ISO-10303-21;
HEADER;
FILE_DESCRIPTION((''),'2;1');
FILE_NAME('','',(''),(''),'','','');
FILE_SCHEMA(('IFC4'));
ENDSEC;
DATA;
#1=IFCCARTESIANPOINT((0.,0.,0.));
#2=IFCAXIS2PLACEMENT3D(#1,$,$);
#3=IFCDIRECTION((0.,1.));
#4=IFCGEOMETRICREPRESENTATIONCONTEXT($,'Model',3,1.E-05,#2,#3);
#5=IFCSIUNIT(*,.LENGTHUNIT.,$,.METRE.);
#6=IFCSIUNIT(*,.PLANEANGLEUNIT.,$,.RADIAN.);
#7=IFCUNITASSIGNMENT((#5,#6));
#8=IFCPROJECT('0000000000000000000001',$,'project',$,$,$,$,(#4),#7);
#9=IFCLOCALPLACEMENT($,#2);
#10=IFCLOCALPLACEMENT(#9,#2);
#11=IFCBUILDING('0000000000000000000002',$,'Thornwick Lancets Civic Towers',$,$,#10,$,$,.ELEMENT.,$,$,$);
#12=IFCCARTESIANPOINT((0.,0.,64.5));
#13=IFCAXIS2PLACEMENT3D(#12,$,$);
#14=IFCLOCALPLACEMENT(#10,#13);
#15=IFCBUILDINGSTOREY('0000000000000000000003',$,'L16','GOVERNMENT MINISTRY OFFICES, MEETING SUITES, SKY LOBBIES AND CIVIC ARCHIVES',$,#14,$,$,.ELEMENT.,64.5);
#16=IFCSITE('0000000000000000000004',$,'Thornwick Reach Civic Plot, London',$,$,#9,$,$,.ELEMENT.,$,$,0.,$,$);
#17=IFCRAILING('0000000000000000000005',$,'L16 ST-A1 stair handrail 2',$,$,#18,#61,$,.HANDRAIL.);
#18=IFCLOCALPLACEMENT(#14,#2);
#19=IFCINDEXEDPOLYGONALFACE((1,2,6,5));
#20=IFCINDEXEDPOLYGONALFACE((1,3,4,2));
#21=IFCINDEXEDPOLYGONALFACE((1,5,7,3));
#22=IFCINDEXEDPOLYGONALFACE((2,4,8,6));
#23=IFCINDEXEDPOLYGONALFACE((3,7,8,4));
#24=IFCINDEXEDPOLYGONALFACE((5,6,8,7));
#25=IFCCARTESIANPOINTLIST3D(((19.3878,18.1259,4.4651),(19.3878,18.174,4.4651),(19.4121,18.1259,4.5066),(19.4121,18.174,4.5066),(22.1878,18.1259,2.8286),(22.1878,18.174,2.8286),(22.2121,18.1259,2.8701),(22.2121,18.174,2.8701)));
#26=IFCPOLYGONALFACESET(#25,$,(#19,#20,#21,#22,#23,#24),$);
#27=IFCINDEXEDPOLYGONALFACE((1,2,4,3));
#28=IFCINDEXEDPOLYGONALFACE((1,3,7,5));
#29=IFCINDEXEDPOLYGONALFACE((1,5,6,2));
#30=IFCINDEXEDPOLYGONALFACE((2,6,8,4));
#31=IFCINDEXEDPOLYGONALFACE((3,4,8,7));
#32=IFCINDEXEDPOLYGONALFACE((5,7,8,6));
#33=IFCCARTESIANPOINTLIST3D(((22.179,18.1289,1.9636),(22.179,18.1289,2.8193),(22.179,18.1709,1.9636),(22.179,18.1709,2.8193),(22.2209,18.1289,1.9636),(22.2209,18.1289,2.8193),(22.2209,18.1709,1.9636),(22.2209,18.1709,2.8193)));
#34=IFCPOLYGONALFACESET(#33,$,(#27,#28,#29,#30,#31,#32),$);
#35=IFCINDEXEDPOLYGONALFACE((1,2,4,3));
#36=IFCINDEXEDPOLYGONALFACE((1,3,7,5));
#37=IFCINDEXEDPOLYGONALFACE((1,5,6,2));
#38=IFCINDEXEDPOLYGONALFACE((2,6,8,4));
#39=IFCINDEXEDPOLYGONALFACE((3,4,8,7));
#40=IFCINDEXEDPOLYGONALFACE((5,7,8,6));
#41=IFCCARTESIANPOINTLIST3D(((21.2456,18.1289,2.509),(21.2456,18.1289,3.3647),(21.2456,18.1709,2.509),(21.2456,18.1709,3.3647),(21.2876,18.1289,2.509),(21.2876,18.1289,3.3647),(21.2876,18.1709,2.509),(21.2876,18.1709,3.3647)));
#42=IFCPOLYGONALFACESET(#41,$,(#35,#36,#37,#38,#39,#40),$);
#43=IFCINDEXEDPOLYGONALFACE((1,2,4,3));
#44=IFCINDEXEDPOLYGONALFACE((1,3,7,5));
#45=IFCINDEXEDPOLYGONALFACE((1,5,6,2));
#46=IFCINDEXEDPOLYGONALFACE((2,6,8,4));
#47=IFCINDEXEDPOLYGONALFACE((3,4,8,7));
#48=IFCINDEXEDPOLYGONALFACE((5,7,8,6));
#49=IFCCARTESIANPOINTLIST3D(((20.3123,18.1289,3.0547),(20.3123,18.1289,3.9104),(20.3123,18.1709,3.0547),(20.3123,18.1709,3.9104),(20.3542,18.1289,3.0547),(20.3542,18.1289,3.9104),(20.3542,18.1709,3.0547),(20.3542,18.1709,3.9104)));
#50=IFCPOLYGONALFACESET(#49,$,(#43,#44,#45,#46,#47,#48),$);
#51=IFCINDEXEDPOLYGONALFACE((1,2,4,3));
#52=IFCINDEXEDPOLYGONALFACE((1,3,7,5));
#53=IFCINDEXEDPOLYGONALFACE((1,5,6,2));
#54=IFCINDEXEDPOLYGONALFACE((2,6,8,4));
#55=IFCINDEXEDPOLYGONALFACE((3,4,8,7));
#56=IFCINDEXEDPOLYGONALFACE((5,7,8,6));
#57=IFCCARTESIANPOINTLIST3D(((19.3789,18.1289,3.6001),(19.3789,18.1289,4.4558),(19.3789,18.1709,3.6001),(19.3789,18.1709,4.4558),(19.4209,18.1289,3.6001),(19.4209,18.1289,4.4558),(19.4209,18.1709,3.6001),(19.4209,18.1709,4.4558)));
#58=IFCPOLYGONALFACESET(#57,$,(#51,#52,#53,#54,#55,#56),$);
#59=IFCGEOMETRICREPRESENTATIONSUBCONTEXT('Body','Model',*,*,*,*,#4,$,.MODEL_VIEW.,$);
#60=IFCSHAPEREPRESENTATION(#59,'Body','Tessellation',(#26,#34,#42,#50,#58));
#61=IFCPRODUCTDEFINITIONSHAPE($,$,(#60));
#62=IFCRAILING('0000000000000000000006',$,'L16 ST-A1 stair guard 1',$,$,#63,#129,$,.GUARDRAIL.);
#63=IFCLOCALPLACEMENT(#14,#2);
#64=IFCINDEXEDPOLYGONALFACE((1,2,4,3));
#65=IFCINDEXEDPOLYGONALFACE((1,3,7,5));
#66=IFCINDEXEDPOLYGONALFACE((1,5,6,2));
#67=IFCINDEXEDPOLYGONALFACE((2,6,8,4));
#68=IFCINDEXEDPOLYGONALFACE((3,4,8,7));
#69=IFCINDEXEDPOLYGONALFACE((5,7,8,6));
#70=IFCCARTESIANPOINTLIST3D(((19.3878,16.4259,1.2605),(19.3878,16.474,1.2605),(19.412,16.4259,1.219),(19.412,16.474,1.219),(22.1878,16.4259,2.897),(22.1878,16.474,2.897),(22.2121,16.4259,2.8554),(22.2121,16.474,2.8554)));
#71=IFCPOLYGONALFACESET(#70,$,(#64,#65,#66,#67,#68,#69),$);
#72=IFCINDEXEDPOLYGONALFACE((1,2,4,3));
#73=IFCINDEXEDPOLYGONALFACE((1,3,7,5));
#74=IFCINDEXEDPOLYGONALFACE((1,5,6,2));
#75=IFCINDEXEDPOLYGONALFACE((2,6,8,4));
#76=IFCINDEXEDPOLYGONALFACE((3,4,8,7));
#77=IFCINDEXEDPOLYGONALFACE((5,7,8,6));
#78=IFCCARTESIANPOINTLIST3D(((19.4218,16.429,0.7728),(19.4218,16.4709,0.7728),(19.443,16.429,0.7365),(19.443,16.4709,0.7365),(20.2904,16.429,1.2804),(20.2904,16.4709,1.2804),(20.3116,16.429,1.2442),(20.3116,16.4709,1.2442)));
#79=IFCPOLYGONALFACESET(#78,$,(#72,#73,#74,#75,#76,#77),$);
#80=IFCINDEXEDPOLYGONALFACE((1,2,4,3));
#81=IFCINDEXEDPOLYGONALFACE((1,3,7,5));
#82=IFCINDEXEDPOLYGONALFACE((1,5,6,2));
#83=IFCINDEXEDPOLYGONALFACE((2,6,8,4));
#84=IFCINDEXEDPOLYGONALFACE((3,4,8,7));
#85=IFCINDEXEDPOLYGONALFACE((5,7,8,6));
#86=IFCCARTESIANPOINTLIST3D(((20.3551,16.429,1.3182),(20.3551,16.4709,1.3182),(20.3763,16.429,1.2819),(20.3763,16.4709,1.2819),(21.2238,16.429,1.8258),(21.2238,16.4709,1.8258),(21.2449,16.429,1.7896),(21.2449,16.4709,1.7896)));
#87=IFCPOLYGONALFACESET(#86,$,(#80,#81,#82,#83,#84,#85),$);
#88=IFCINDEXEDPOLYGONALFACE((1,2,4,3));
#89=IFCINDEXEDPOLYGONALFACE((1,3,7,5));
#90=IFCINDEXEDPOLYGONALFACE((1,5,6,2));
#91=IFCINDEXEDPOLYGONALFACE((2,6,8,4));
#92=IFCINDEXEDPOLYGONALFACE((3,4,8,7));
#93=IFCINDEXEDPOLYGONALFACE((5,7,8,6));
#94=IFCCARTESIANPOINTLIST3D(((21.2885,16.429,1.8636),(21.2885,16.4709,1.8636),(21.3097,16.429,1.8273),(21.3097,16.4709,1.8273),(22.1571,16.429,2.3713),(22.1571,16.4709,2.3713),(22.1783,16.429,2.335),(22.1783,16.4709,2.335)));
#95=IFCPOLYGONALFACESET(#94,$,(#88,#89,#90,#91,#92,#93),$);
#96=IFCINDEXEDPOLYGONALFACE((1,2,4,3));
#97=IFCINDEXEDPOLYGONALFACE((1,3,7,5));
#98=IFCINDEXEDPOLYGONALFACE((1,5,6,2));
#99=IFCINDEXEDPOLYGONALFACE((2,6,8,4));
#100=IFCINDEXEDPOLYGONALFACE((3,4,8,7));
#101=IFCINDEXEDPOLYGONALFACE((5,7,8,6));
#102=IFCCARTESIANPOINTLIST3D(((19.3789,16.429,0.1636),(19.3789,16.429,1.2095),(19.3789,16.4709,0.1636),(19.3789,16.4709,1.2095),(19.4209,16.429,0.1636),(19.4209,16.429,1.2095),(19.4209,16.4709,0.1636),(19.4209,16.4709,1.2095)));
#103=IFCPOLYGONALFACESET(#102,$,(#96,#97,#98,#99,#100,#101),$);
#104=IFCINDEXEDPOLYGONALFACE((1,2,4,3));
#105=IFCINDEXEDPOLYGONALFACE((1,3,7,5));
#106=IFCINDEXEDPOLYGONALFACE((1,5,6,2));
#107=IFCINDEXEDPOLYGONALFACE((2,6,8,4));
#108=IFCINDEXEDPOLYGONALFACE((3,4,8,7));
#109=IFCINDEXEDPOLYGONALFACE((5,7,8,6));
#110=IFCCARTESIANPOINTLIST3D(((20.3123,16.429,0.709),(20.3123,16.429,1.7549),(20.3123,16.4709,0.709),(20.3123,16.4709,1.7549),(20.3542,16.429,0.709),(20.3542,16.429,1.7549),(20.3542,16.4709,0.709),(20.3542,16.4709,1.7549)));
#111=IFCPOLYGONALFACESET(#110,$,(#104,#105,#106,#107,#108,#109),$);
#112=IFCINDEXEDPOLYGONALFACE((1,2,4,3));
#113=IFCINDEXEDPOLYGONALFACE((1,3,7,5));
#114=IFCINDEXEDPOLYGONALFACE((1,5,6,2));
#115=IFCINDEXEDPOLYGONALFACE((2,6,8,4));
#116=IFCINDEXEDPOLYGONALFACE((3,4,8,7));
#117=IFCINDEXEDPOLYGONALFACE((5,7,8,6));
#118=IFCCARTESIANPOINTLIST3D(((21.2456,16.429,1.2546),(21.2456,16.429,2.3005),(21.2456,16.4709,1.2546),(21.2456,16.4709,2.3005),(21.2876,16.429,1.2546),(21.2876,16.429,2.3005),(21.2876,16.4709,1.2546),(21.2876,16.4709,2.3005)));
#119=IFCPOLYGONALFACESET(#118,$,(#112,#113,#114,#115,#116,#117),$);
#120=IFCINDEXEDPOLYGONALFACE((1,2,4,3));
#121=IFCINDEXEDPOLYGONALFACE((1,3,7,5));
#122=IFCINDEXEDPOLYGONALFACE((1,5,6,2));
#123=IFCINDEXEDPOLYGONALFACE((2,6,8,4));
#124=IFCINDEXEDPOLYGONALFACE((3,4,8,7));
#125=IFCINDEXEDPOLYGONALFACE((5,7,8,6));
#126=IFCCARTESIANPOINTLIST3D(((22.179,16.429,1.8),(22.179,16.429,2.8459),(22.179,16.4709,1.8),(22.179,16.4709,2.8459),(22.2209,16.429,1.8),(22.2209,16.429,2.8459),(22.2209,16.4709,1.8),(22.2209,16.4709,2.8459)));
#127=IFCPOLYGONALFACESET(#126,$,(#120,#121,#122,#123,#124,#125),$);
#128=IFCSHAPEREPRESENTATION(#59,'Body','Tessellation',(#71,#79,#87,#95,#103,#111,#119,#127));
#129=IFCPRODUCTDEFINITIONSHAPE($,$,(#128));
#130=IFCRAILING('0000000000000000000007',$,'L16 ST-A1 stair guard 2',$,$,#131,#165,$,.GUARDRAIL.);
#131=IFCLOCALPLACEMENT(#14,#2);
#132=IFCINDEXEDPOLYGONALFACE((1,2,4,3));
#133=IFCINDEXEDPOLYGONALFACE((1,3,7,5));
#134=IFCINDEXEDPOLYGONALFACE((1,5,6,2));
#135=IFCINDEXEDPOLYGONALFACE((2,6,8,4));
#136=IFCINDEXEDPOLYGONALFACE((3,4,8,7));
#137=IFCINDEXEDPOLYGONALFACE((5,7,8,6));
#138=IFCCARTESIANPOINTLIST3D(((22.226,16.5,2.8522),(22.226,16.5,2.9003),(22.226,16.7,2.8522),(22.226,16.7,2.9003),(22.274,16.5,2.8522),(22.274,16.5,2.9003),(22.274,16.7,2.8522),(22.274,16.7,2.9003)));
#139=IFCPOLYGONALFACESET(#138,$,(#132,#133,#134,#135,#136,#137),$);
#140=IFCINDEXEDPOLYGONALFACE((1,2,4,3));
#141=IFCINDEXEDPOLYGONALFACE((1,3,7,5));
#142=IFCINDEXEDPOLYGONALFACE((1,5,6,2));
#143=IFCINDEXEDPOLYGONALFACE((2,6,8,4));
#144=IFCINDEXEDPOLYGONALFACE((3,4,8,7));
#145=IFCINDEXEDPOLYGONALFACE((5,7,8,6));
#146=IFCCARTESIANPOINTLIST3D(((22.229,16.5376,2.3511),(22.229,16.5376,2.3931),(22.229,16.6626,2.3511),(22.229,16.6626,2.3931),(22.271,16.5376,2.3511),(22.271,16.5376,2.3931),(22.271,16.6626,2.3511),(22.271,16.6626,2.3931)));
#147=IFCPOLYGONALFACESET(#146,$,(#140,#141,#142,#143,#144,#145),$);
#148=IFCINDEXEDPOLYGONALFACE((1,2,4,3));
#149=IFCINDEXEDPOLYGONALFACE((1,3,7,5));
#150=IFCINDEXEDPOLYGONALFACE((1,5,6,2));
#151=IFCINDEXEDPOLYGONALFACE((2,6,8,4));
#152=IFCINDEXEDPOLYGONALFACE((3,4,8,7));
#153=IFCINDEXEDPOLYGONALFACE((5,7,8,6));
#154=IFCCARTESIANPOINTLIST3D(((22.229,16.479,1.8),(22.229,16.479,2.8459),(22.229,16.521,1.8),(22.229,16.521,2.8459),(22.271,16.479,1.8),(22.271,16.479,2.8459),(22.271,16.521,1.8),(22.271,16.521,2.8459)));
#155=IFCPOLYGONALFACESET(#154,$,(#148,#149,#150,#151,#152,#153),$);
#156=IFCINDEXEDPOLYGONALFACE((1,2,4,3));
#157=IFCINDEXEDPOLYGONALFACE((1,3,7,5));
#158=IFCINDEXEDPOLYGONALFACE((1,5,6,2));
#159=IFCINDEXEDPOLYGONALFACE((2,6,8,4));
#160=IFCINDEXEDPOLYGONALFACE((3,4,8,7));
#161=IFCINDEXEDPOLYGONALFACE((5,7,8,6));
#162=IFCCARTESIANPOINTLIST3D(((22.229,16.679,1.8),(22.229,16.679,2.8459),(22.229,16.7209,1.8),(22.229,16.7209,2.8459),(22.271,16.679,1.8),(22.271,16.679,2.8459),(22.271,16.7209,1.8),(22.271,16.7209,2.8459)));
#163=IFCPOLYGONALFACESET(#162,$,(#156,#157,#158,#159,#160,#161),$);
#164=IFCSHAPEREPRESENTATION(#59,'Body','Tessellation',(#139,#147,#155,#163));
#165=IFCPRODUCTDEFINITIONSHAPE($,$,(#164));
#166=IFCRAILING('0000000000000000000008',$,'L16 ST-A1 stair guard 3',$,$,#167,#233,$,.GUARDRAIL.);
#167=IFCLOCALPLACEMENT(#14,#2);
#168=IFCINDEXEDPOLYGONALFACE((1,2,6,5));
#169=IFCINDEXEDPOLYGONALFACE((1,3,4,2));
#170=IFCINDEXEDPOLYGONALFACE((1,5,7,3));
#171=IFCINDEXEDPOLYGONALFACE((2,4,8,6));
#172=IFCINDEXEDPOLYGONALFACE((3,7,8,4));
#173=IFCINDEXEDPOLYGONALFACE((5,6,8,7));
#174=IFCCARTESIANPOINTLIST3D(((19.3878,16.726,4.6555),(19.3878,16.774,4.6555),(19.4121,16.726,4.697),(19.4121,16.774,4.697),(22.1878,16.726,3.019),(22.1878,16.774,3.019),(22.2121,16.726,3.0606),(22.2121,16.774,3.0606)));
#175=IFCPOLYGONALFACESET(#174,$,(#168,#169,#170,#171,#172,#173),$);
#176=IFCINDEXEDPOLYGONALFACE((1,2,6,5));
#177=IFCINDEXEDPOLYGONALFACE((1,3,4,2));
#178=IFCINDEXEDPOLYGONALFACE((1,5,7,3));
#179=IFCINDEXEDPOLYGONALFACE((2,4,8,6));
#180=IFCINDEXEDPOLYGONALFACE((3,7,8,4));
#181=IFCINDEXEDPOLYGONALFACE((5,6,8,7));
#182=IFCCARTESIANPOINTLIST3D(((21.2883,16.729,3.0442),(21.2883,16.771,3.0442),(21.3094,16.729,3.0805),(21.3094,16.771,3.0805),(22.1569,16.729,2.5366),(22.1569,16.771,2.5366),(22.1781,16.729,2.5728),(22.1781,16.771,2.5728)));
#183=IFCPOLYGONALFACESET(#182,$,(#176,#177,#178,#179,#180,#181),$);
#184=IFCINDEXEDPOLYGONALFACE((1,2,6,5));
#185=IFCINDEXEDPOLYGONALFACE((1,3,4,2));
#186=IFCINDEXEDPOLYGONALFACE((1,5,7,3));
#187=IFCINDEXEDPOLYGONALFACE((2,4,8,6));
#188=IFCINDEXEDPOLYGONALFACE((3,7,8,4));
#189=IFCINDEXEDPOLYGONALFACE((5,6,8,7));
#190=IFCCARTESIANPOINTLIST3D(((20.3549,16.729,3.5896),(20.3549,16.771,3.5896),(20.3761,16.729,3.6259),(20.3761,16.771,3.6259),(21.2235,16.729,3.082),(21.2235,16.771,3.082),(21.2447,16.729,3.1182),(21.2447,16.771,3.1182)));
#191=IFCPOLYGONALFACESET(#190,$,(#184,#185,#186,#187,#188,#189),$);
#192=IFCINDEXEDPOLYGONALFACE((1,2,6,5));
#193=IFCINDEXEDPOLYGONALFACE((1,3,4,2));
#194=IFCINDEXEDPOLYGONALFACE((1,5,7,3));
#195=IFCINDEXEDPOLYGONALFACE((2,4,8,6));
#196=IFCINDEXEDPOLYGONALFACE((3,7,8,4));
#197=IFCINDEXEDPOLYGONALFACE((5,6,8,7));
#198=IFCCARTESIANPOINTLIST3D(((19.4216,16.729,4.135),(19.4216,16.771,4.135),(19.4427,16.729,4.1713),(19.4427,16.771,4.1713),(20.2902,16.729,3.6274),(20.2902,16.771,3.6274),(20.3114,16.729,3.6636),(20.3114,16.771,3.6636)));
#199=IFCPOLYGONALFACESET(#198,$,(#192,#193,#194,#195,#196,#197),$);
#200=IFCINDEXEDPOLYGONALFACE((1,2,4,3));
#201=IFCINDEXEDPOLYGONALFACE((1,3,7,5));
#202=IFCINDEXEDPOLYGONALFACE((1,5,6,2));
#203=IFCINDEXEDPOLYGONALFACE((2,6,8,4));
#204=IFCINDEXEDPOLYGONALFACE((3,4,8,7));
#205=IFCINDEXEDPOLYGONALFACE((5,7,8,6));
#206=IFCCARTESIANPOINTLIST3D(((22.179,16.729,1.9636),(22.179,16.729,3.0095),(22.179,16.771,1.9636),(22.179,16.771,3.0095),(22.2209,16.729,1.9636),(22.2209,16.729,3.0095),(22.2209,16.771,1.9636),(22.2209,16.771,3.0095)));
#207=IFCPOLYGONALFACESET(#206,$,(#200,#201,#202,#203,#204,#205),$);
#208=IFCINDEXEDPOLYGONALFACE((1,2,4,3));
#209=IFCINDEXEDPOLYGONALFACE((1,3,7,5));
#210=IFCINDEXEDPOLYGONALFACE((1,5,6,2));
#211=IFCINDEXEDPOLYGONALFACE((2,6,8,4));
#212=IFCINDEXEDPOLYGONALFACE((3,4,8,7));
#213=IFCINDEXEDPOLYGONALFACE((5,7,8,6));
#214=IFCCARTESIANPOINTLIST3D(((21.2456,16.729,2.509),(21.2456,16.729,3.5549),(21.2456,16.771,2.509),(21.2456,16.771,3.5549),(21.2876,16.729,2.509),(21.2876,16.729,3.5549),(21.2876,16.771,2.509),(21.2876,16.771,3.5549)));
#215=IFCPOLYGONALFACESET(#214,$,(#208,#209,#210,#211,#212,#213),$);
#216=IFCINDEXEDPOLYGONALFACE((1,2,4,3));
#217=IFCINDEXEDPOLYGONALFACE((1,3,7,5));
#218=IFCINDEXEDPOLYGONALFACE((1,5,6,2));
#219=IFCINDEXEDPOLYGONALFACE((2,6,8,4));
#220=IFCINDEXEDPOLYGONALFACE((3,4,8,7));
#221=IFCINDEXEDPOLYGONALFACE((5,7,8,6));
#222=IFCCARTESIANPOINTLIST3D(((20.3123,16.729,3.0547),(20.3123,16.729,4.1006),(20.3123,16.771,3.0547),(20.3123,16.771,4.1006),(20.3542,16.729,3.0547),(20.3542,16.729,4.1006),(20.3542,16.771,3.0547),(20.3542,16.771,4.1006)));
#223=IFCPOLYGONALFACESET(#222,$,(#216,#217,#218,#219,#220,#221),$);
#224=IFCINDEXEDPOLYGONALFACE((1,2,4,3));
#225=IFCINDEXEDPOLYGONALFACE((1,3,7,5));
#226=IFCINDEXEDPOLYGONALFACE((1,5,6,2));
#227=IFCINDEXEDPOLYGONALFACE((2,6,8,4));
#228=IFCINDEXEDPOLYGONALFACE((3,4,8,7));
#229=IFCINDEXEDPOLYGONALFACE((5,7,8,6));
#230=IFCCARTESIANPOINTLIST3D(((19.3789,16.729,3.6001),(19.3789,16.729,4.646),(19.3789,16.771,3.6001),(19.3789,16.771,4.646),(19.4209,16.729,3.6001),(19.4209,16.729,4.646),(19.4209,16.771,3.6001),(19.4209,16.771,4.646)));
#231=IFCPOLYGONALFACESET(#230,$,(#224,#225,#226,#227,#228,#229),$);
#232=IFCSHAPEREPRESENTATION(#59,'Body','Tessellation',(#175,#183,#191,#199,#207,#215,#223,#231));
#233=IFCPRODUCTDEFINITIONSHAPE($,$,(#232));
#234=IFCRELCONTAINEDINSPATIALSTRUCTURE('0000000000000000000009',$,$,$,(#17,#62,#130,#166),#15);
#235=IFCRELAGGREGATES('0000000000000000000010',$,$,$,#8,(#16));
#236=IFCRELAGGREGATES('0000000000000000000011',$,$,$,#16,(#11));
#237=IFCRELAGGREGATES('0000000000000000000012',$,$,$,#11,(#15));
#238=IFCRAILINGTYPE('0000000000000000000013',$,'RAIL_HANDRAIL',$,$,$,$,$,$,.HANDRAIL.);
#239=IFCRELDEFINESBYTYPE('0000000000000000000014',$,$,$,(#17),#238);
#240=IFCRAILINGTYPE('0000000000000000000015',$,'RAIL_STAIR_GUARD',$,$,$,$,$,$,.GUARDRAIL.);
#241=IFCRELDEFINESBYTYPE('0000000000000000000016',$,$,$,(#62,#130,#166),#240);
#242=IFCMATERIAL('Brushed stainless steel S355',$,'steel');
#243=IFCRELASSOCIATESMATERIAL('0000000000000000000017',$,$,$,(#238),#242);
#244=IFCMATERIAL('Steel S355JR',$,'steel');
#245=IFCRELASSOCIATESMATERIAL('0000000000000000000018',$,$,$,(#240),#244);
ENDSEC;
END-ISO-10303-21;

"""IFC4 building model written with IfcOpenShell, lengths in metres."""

from ifc_helpers import new_model, si_unit, direction, frame, origin, origin_2d, place, context, subcontext, project, spatial, rectangle, extrude, material, type_object, element, save


model = new_model("IFC4")

# Units and contexts
model_context = context("Model", 3, precision=1e-05, world=origin(), true_north=direction((0.0, 1.0)))
body_context = subcontext(model_context, "Body", "Model", "MODEL_VIEW")
ifc_project = project(units=[si_unit("LENGTHUNIT", "METRE"), si_unit("PLANEANGLEUNIT", "RADIAN")], contexts=[model_context])

# Site, building, storey
site_placement = place(None, origin())
site = spatial("IfcSite", under=ifc_project, at=site_placement, Name="Thornwick Reach Civic Plot, London", CompositionType="ELEMENT", RefElevation=0.0)
building_placement = place(site_placement, origin())
building = spatial("IfcBuilding", under=site, at=building_placement, Name="Thornwick Lancets Civic Towers", CompositionType="ELEMENT")
storey_placement = place(building_placement, frame((0.0, 0.0, 64.5)))
storey = spatial("IfcBuildingStorey", under=building, at=storey_placement, Name="L16", Description="GOVERNMENT MINISTRY OFFICES, MEETING SUITES, SKY LOBBIES AND CIVIC ARCHIVES", CompositionType="ELEMENT", Elevation=64.5)

# Shared definitions
ifc_material_1 = material(Name="Steel S355JR", Category="steel")

# Railings
ifc_material_2 = material(Name="Brushed stainless steel S355", Category="steel")
railing_type_1 = type_object("IfcRailingType", Name="RAIL_HANDRAIL", PredefinedType="HANDRAIL", material=ifc_material_2)
railing_1_placement = place(storey_placement, frame((22.2, 18.1499, 1.9636)))
element("IfcRailing", 1, at=railing_1_placement, inside=storey, type_object=railing_type_1, Name="L16 ST-A1 stair handrail 2", PredefinedType="HANDRAIL", context=body_context, shape_type="SweptSolid", body=[
    extrude(rectangle(XDim=0.0481, YDim=0.0481, at=origin_2d()), frame((0.0, 0.0, 0.8857), z_axis=(-0.863361, 0.0, 0.504587), x_axis=(0.0, -1.0, 0.0)), (0.0, 0.0, 1.0), 3.2432),
    extrude(rectangle(XDim=0.042, YDim=0.042, at=origin_2d()), origin(), (0.0, 0.0, 1.0), 0.8557),
    extrude(rectangle(XDim=0.042, YDim=0.042, at=origin_2d()), frame((-0.9333, 0.0, 0.5454)), (0.0, 0.0, 1.0), 0.8557),
    extrude(rectangle(XDim=0.042, YDim=0.042, at=origin_2d()), frame((-1.8667, 0.0, 1.0911)), (0.0, 0.0, 1.0), 0.8557),
    extrude(rectangle(XDim=0.042, YDim=0.042, at=origin_2d()), frame((-2.8, 0.0, 1.6365)), (0.0, 0.0, 1.0), 0.8557),
])
railing_type_2 = type_object("IfcRailingType", Name="RAIL_STAIR_GUARD", PredefinedType="GUARDRAIL", material=ifc_material_1)
railing_2_placement = place(storey_placement, frame((19.3999, 16.45, 0.1636)))
element("IfcRailing", 2, at=railing_2_placement, inside=storey, type_object=railing_type_2, Name="L16 ST-A1 stair guard 1", PredefinedType="GUARDRAIL", context=body_context, shape_type="SweptSolid", body=[
    extrude(rectangle(XDim=0.0481, YDim=0.0481, at=origin_2d()), frame((0.0, 0.0, 1.0762), z_axis=(0.863361, 0.0, 0.504587), x_axis=(0.0, 1.0, 0.0)), (0.0, 0.0, 1.0), 3.2432),
    extrude(rectangle(XDim=0.042, YDim=0.042, at=origin_2d()), frame((0.0325, 0.0, 0.5911), z_axis=(0.863361, 0.0, 0.504587), x_axis=(0.0, 1.0, 0.0)), (0.0, 0.0, 1.0), 1.0061),
    extrude(rectangle(XDim=0.042, YDim=0.042, at=origin_2d()), frame((0.9658, 0.0, 1.1365), z_axis=(0.863361, 0.0, 0.504587), x_axis=(0.0, 1.0, 0.0)), (0.0, 0.0, 1.0), 1.0061),
    extrude(rectangle(XDim=0.042, YDim=0.042, at=origin_2d()), frame((1.8992, 0.0, 1.6819), z_axis=(0.863361, 0.0, 0.504587), x_axis=(0.0, 1.0, 0.0)), (0.0, 0.0, 1.0), 1.0061),
    extrude(rectangle(XDim=0.042, YDim=0.042, at=origin_2d()), origin(), (0.0, 0.0, 1.0), 1.0459),
    extrude(rectangle(XDim=0.042, YDim=0.042, at=origin_2d()), frame((0.9333, 0.0, 0.5454)), (0.0, 0.0, 1.0), 1.0459),
    extrude(rectangle(XDim=0.042, YDim=0.042, at=origin_2d()), frame((1.8667, 0.0, 1.0911)), (0.0, 0.0, 1.0), 1.0459),
    extrude(rectangle(XDim=0.042, YDim=0.042, at=origin_2d()), frame((2.8, 0.0, 1.6365)), (0.0, 0.0, 1.0), 1.0459),
])
railing_3_placement = place(storey_placement, frame((22.25, 16.5, 1.8)))
element("IfcRailing", 3, at=railing_3_placement, inside=storey, type_object=railing_type_2, Name="L16 ST-A1 stair guard 2", PredefinedType="GUARDRAIL", context=body_context, shape_type="SweptSolid", body=[
    extrude(rectangle(XDim=0.0481, YDim=0.0481, at=origin_2d()), frame((0.0, 0.0, 1.0762), z_axis=(0.0, 1.0, 0.0), x_axis=(-1.0, 0.0, 0.0)), (0.0, 0.0, 1.0), 0.2),
    extrude(rectangle(XDim=0.042, YDim=0.042, at=origin_2d()), frame((0.0, 0.0376, 0.572), z_axis=(0.0, 1.0, 0.0), x_axis=(-1.0, 0.0, 0.0)), (0.0, 0.0, 1.0), 0.125),
    extrude(rectangle(XDim=0.042, YDim=0.042, at=origin_2d()), origin(), (0.0, 0.0, 1.0), 1.0459),
    extrude(rectangle(XDim=0.042, YDim=0.042, at=origin_2d()), frame((0.0, 0.2, 0.0)), (0.0, 0.0, 1.0), 1.0459),
])
railing_4_placement = place(storey_placement, frame((22.2, 16.75, 1.9636)))
element("IfcRailing", 4, at=railing_4_placement, inside=storey, type_object=railing_type_2, Name="L16 ST-A1 stair guard 3", PredefinedType="GUARDRAIL", context=body_context, shape_type="SweptSolid", body=[
    extrude(rectangle(XDim=0.0481, YDim=0.0481, at=origin_2d()), frame((0.0, 0.0, 1.0762), z_axis=(-0.863361, 0.0, 0.504587), x_axis=(0.0, -1.0, 0.0)), (0.0, 0.0, 1.0), 3.2432),
    extrude(rectangle(XDim=0.042, YDim=0.042, at=origin_2d()), frame((-0.0325, 0.0, 0.5911), z_axis=(-0.863361, 0.0, 0.504587), x_axis=(0.0, -1.0, 0.0)), (0.0, 0.0, 1.0), 1.0061),
    extrude(rectangle(XDim=0.042, YDim=0.042, at=origin_2d()), frame((-0.9658, 0.0, 1.1365), z_axis=(-0.863361, 0.0, 0.504587), x_axis=(0.0, -1.0, 0.0)), (0.0, 0.0, 1.0), 1.0061),
    extrude(rectangle(XDim=0.042, YDim=0.042, at=origin_2d()), frame((-1.8992, 0.0, 1.6819), z_axis=(-0.863361, 0.0, 0.504587), x_axis=(0.0, -1.0, 0.0)), (0.0, 0.0, 1.0), 1.0061),
    extrude(rectangle(XDim=0.042, YDim=0.042, at=origin_2d()), origin(), (0.0, 0.0, 1.0), 1.0459),
    extrude(rectangle(XDim=0.042, YDim=0.042, at=origin_2d()), frame((-0.9333, 0.0, 0.5454)), (0.0, 0.0, 1.0), 1.0459),
    extrude(rectangle(XDim=0.042, YDim=0.042, at=origin_2d()), frame((-1.8667, 0.0, 1.0911)), (0.0, 0.0, 1.0), 1.0459),
    extrude(rectangle(XDim=0.042, YDim=0.042, at=origin_2d()), frame((-2.8, 0.0, 1.6365)), (0.0, 0.0, 1.0), 1.0459),
])

save(model, "model.ifc")
